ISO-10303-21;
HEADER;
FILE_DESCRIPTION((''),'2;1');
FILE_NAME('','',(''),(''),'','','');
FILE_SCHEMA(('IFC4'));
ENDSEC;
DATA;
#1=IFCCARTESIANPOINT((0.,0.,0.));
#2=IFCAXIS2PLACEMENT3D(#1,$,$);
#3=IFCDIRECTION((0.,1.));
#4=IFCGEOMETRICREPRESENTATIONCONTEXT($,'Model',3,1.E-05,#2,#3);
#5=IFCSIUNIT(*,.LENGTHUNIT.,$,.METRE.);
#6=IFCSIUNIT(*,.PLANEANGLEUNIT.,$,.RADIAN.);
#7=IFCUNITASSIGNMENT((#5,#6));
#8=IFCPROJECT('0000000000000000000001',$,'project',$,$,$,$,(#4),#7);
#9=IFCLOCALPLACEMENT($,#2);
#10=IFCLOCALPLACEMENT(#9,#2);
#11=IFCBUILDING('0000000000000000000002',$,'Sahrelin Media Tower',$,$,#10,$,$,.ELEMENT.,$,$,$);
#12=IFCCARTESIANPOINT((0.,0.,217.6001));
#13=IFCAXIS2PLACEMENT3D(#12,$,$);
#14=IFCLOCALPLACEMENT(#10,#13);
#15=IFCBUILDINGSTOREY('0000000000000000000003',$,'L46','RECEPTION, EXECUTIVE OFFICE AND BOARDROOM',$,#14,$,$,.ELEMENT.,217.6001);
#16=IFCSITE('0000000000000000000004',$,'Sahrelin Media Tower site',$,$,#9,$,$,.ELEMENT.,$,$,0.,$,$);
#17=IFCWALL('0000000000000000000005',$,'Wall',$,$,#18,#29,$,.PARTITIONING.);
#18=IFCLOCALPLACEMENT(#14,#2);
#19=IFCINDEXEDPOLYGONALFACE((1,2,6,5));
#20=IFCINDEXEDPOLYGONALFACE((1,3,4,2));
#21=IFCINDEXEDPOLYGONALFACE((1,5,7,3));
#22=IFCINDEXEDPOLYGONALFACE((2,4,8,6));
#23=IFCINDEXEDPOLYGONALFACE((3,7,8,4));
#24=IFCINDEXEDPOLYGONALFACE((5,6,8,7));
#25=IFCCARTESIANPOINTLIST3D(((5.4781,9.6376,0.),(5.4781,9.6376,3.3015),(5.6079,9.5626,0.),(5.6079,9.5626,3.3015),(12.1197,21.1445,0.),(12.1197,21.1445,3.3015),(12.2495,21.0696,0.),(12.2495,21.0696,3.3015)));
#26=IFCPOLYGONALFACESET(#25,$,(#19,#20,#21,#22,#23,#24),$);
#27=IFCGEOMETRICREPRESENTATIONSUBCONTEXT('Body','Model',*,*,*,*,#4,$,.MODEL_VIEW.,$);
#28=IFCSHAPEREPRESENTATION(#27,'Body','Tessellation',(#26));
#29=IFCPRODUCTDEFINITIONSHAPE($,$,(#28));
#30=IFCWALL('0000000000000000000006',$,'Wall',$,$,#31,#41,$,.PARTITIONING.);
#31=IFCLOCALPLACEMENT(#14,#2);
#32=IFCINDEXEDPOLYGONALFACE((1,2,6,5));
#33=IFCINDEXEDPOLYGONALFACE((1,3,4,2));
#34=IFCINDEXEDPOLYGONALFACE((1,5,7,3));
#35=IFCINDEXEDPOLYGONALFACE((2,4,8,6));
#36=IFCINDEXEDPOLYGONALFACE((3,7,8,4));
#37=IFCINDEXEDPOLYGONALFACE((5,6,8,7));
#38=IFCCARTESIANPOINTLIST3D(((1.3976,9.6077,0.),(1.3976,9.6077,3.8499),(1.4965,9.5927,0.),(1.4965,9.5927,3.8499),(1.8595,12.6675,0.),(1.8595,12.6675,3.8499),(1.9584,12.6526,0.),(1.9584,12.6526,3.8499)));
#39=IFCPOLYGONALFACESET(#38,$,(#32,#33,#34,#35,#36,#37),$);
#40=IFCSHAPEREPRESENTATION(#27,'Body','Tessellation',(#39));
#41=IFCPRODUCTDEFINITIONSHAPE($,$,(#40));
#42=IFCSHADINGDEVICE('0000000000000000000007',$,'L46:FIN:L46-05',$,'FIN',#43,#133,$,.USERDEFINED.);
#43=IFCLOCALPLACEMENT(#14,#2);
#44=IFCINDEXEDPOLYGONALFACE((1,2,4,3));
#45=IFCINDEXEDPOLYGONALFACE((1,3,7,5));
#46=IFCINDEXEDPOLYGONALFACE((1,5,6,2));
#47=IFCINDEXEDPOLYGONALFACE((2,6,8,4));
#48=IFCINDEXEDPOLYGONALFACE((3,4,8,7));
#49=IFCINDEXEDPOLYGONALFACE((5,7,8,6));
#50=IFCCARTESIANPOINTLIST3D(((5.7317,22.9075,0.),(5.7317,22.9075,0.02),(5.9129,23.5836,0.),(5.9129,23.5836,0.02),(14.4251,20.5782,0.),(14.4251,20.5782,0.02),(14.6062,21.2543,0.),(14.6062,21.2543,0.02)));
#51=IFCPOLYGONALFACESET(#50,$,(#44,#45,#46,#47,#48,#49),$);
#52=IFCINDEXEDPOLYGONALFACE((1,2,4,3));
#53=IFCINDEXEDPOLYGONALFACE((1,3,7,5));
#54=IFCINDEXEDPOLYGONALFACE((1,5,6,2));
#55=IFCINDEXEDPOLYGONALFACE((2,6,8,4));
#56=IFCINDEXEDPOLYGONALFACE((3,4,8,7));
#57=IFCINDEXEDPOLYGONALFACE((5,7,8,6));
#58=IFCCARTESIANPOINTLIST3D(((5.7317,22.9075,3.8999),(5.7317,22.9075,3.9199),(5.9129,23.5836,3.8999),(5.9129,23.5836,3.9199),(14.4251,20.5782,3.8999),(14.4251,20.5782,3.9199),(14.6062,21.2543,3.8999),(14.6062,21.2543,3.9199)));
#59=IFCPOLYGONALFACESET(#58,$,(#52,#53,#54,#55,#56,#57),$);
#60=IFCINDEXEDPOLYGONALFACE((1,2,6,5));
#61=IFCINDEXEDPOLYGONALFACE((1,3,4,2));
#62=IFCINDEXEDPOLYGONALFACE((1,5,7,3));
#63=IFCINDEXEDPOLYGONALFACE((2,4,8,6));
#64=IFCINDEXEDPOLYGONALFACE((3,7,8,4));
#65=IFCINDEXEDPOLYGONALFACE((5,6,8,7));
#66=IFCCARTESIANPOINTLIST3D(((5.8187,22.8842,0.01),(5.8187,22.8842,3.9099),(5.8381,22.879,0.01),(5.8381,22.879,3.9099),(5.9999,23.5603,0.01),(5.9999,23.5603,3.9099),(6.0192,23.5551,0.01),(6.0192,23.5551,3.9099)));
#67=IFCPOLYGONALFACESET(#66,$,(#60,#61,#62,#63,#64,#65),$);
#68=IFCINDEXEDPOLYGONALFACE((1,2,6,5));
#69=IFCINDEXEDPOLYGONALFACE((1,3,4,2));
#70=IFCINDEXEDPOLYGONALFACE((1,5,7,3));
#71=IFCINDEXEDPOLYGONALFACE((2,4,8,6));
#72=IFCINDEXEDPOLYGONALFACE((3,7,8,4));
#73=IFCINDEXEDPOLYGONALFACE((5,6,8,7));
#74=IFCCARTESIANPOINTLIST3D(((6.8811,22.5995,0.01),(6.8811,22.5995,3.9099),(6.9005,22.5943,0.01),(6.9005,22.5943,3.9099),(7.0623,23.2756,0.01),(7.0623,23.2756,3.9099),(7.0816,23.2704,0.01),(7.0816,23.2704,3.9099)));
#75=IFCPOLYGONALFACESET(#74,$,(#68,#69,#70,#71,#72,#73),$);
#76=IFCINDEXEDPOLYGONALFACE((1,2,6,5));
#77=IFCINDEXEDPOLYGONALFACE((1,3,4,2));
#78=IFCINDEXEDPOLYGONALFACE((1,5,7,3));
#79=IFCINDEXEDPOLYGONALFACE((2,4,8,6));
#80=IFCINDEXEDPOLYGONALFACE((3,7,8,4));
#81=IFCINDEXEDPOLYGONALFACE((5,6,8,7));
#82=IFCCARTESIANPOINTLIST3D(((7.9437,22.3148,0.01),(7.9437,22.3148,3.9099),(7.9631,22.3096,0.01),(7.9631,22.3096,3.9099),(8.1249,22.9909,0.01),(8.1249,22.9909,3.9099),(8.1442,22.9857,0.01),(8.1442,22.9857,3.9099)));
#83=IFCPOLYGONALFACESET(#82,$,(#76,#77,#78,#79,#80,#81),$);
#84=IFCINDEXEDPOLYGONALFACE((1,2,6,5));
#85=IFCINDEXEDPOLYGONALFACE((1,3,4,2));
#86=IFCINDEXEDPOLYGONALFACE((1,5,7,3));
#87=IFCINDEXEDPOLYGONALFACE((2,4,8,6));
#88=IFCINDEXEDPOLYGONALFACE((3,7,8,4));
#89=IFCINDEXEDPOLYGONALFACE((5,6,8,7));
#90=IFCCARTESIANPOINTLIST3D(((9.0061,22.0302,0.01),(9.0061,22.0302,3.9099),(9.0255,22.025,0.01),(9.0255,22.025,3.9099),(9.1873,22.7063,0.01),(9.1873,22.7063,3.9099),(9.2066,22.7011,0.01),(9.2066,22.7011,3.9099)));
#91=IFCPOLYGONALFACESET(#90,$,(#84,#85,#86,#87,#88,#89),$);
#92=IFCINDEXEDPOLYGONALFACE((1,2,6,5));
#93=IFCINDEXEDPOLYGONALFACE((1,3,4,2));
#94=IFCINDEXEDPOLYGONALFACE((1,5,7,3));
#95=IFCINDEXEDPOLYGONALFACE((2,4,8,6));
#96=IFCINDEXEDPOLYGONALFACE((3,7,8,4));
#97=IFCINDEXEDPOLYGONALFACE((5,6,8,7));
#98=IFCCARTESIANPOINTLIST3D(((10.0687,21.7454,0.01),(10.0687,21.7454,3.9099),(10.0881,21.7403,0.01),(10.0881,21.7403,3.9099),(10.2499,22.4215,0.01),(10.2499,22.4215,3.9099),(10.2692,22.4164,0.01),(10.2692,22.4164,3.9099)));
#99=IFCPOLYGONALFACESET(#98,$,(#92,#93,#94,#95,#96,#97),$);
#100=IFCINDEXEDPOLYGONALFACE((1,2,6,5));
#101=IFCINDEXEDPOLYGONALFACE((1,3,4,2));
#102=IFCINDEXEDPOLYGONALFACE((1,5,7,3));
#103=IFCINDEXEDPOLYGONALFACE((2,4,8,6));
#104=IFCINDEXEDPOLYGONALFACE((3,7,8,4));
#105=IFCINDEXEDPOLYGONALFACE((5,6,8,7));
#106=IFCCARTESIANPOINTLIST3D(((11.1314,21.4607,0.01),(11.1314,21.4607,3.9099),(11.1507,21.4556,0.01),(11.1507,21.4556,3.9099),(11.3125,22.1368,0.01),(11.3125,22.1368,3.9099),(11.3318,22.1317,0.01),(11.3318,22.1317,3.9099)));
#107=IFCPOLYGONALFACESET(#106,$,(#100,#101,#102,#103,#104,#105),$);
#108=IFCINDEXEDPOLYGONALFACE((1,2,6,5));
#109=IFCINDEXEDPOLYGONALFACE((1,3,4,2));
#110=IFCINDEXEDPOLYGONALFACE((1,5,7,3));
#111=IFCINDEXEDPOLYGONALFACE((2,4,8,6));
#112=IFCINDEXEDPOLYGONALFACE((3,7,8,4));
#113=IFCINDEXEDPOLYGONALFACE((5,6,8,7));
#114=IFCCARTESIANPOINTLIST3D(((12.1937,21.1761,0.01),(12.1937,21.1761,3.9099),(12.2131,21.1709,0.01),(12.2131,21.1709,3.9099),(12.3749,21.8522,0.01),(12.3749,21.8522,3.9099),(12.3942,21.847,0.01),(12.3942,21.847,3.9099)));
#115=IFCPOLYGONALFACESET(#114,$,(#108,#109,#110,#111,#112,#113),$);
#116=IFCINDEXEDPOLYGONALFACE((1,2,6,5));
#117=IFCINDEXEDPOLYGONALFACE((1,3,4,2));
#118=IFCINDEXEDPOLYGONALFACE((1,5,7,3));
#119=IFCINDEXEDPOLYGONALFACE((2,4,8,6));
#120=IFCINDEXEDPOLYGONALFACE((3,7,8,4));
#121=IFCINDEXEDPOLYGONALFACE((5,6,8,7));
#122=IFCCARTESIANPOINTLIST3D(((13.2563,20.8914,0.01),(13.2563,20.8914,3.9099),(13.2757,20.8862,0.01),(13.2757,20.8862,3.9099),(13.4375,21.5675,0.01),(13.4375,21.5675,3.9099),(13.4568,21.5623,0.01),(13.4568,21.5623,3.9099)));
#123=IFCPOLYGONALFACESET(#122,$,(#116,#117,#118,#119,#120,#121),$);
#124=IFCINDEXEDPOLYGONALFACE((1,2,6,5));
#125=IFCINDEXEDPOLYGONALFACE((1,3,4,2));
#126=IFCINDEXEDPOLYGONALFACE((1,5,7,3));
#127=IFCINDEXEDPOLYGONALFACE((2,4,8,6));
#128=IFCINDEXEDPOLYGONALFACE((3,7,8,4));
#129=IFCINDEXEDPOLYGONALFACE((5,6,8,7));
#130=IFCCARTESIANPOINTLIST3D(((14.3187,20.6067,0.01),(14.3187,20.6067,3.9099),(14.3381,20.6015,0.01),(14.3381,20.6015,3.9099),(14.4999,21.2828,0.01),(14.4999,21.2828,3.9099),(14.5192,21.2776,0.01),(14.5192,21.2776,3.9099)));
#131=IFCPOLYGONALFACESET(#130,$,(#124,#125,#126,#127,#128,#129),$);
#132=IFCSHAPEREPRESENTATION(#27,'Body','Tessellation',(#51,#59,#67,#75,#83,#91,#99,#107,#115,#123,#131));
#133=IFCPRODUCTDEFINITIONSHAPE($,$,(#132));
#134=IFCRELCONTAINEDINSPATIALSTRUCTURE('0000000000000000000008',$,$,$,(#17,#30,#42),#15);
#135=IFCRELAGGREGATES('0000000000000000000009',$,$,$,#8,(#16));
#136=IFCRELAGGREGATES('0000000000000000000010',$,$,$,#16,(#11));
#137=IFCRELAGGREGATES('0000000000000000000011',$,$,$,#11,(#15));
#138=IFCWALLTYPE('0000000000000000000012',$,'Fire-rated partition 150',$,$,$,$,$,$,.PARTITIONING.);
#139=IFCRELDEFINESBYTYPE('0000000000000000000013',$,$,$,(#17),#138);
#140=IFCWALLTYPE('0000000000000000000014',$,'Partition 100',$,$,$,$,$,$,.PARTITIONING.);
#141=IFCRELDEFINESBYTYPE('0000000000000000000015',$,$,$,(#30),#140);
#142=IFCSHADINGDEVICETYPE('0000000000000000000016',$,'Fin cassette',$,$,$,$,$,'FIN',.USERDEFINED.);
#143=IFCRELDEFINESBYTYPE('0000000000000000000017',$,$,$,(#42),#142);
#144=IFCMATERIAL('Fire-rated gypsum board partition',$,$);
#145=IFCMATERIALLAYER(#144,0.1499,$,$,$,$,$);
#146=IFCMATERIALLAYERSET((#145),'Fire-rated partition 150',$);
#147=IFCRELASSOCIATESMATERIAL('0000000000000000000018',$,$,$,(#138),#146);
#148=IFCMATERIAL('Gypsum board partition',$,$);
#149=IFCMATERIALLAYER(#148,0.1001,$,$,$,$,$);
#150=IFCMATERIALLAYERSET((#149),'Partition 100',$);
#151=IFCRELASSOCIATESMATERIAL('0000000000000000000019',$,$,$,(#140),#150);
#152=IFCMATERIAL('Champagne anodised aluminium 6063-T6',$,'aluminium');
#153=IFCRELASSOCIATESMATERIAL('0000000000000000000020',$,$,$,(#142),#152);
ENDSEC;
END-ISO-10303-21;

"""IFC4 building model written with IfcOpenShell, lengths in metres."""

from ifc_helpers import new_model, si_unit, direction, frame, frame_2d, origin, origin_2d, place, context, subcontext, project, spatial, rectangle, extrude, material, layer, layer_set, type_object, element, save


model = new_model("IFC4")

# Units and contexts
model_context = context("Model", 3, precision=1e-05, world=origin(), true_north=direction((0.0, 1.0)))
body_context = subcontext(model_context, "Body", "Model", "MODEL_VIEW")
ifc_project = project(units=[si_unit("LENGTHUNIT", "METRE"), si_unit("PLANEANGLEUNIT", "RADIAN")], contexts=[model_context])

# Site, building, storey
site_placement = place(None, origin())
site = spatial("IfcSite", under=ifc_project, at=site_placement, Name="Sahrelin Media Tower site", CompositionType="ELEMENT", RefElevation=0.0)
building_placement = place(site_placement, origin())
building = spatial("IfcBuilding", under=site, at=building_placement, Name="Sahrelin Media Tower", CompositionType="ELEMENT")
storey_placement = place(building_placement, frame((0.0, 0.0, 217.6001)))
storey = spatial("IfcBuildingStorey", under=building, at=storey_placement, Name="L46", Description="RECEPTION, EXECUTIVE OFFICE AND BOARDROOM", CompositionType="ELEMENT", Elevation=217.6001)

# Shared definitions
ifc_material_1 = material(Name="Champagne anodised aluminium 6063-T6", Category="aluminium")

# Walls
ifc_material_2 = material(Name="Fire-rated gypsum board partition")
ifc_layer_1 = layer(ifc_material_2, 0.1499)
ifc_layer_set_1 = layer_set([ifc_layer_1], Name="Fire-rated partition 150")
wall_type_1 = type_object("IfcWallType", Name="Fire-rated partition 150", PredefinedType="PARTITIONING", material=ifc_layer_set_1)
wall_1_placement = place(storey_placement, frame((5.543, 9.6001, 0.0), z_axis=(0.0, 0.0, 1.0), x_axis=(0.499894, 0.866086, 0.0)))
element("IfcWall", 1, at=wall_1_placement, inside=storey, type_object=wall_type_1, Name="Wall", PredefinedType="PARTITIONING", context=body_context, shape_type="SweptSolid", body=[
    extrude(rectangle(XDim=13.2861, YDim=0.1499, at=frame_2d((6.6431, 0.0))), origin(), (0.0, 0.0, 1.0), 3.3015),
])
ifc_material_3 = material(Name="Gypsum board partition")
ifc_layer_2 = layer(ifc_material_3, 0.1001)
ifc_layer_set_2 = layer_set([ifc_layer_2], Name="Partition 100")
wall_type_2 = type_object("IfcWallType", Name="Partition 100", PredefinedType="PARTITIONING", material=ifc_layer_set_2)
wall_2_placement = place(storey_placement, frame((1.447, 9.6001, 0.0), z_axis=(0.0, 0.0, 1.0), x_axis=(0.14927, 0.988796, 0.0)))
element("IfcWall", 2, at=wall_2_placement, inside=storey, type_object=wall_type_2, Name="Wall", PredefinedType="PARTITIONING", context=body_context, shape_type="SweptSolid", body=[
    extrude(rectangle(XDim=3.0945, YDim=0.1001, at=frame_2d((1.5474, 0.0))), origin(), (0.0, 0.0, 1.0), 3.8499),
])

# Shading device
shading_device_type_1 = type_object("IfcShadingDeviceType", Name="Fin cassette", ElementType="FIN", PredefinedType="USERDEFINED", material=ifc_material_1)
placement_1 = place(storey_placement, frame((10.0603, 21.6753, 0.0), z_axis=(0.0, 0.0, 1.0), x_axis=(0.965929, -0.258808, 0.0)))
element("IfcShadingDevice", 3, at=placement_1, inside=storey, type_object=shading_device_type_1, Name="L46:FIN:L46-05", ObjectType="FIN", PredefinedType="USERDEFINED", context=body_context, shape_type="SweptSolid", body=[
    extrude(rectangle(XDim=9.0, YDim=0.7, at=origin_2d()), frame((0.0, 0.4199, 0.0)), (0.0, 0.0, 1.0), 0.02),
    extrude(rectangle(XDim=9.0, YDim=0.7, at=origin_2d()), frame((0.0, 0.4199, 3.8999)), (0.0, 0.0, 1.0), 0.02),
    extrude(rectangle(XDim=0.02, YDim=0.7, at=origin_2d()), frame((-4.3999, 0.4199, 0.01), z_axis=(0.0, 0.0, 1.0), x_axis=(1.0, 0.0, 0.0)), (0.0, 0.0, 1.0), 3.8999),
    extrude(rectangle(XDim=0.02, YDim=0.7, at=origin_2d()), frame((-3.3, 0.4199, 0.01), z_axis=(0.0, 0.0, 1.0), x_axis=(1.0, 0.0, 0.0)), (0.0, 0.0, 1.0), 3.8999),
    extrude(rectangle(XDim=0.02, YDim=0.7, at=origin_2d()), frame((-2.2, 0.4199, 0.01), z_axis=(0.0, 0.0, 1.0), x_axis=(1.0, 0.0, 0.0)), (0.0, 0.0, 1.0), 3.8999),
    extrude(rectangle(XDim=0.02, YDim=0.7, at=origin_2d()), frame((-1.1001, 0.4199, 0.01), z_axis=(0.0, 0.0, 1.0), x_axis=(1.0, 0.0, 0.0)), (0.0, 0.0, 1.0), 3.8999),
    extrude(rectangle(XDim=0.02, YDim=0.7, at=origin_2d()), frame((0.0, 0.4199, 0.01), z_axis=(0.0, 0.0, 1.0), x_axis=(1.0, 0.0, 0.0)), (0.0, 0.0, 1.0), 3.8999),
    extrude(rectangle(XDim=0.02, YDim=0.7, at=origin_2d()), frame((1.1001, 0.4199, 0.01), z_axis=(0.0, 0.0, 1.0), x_axis=(1.0, 0.0, 0.0)), (0.0, 0.0, 1.0), 3.8999),
    extrude(rectangle(XDim=0.02, YDim=0.7, at=origin_2d()), frame((2.2, 0.4199, 0.01), z_axis=(0.0, 0.0, 1.0), x_axis=(1.0, 0.0, 0.0)), (0.0, 0.0, 1.0), 3.8999),
    extrude(rectangle(XDim=0.02, YDim=0.7, at=origin_2d()), frame((3.3, 0.4199, 0.01), z_axis=(0.0, 0.0, 1.0), x_axis=(1.0, 0.0, 0.0)), (0.0, 0.0, 1.0), 3.8999),
    extrude(rectangle(XDim=0.02, YDim=0.7, at=origin_2d()), frame((4.3999, 0.4199, 0.01), z_axis=(0.0, 0.0, 1.0), x_axis=(1.0, 0.0, 0.0)), (0.0, 0.0, 1.0), 3.8999),
])

save(model, "model.ifc")
